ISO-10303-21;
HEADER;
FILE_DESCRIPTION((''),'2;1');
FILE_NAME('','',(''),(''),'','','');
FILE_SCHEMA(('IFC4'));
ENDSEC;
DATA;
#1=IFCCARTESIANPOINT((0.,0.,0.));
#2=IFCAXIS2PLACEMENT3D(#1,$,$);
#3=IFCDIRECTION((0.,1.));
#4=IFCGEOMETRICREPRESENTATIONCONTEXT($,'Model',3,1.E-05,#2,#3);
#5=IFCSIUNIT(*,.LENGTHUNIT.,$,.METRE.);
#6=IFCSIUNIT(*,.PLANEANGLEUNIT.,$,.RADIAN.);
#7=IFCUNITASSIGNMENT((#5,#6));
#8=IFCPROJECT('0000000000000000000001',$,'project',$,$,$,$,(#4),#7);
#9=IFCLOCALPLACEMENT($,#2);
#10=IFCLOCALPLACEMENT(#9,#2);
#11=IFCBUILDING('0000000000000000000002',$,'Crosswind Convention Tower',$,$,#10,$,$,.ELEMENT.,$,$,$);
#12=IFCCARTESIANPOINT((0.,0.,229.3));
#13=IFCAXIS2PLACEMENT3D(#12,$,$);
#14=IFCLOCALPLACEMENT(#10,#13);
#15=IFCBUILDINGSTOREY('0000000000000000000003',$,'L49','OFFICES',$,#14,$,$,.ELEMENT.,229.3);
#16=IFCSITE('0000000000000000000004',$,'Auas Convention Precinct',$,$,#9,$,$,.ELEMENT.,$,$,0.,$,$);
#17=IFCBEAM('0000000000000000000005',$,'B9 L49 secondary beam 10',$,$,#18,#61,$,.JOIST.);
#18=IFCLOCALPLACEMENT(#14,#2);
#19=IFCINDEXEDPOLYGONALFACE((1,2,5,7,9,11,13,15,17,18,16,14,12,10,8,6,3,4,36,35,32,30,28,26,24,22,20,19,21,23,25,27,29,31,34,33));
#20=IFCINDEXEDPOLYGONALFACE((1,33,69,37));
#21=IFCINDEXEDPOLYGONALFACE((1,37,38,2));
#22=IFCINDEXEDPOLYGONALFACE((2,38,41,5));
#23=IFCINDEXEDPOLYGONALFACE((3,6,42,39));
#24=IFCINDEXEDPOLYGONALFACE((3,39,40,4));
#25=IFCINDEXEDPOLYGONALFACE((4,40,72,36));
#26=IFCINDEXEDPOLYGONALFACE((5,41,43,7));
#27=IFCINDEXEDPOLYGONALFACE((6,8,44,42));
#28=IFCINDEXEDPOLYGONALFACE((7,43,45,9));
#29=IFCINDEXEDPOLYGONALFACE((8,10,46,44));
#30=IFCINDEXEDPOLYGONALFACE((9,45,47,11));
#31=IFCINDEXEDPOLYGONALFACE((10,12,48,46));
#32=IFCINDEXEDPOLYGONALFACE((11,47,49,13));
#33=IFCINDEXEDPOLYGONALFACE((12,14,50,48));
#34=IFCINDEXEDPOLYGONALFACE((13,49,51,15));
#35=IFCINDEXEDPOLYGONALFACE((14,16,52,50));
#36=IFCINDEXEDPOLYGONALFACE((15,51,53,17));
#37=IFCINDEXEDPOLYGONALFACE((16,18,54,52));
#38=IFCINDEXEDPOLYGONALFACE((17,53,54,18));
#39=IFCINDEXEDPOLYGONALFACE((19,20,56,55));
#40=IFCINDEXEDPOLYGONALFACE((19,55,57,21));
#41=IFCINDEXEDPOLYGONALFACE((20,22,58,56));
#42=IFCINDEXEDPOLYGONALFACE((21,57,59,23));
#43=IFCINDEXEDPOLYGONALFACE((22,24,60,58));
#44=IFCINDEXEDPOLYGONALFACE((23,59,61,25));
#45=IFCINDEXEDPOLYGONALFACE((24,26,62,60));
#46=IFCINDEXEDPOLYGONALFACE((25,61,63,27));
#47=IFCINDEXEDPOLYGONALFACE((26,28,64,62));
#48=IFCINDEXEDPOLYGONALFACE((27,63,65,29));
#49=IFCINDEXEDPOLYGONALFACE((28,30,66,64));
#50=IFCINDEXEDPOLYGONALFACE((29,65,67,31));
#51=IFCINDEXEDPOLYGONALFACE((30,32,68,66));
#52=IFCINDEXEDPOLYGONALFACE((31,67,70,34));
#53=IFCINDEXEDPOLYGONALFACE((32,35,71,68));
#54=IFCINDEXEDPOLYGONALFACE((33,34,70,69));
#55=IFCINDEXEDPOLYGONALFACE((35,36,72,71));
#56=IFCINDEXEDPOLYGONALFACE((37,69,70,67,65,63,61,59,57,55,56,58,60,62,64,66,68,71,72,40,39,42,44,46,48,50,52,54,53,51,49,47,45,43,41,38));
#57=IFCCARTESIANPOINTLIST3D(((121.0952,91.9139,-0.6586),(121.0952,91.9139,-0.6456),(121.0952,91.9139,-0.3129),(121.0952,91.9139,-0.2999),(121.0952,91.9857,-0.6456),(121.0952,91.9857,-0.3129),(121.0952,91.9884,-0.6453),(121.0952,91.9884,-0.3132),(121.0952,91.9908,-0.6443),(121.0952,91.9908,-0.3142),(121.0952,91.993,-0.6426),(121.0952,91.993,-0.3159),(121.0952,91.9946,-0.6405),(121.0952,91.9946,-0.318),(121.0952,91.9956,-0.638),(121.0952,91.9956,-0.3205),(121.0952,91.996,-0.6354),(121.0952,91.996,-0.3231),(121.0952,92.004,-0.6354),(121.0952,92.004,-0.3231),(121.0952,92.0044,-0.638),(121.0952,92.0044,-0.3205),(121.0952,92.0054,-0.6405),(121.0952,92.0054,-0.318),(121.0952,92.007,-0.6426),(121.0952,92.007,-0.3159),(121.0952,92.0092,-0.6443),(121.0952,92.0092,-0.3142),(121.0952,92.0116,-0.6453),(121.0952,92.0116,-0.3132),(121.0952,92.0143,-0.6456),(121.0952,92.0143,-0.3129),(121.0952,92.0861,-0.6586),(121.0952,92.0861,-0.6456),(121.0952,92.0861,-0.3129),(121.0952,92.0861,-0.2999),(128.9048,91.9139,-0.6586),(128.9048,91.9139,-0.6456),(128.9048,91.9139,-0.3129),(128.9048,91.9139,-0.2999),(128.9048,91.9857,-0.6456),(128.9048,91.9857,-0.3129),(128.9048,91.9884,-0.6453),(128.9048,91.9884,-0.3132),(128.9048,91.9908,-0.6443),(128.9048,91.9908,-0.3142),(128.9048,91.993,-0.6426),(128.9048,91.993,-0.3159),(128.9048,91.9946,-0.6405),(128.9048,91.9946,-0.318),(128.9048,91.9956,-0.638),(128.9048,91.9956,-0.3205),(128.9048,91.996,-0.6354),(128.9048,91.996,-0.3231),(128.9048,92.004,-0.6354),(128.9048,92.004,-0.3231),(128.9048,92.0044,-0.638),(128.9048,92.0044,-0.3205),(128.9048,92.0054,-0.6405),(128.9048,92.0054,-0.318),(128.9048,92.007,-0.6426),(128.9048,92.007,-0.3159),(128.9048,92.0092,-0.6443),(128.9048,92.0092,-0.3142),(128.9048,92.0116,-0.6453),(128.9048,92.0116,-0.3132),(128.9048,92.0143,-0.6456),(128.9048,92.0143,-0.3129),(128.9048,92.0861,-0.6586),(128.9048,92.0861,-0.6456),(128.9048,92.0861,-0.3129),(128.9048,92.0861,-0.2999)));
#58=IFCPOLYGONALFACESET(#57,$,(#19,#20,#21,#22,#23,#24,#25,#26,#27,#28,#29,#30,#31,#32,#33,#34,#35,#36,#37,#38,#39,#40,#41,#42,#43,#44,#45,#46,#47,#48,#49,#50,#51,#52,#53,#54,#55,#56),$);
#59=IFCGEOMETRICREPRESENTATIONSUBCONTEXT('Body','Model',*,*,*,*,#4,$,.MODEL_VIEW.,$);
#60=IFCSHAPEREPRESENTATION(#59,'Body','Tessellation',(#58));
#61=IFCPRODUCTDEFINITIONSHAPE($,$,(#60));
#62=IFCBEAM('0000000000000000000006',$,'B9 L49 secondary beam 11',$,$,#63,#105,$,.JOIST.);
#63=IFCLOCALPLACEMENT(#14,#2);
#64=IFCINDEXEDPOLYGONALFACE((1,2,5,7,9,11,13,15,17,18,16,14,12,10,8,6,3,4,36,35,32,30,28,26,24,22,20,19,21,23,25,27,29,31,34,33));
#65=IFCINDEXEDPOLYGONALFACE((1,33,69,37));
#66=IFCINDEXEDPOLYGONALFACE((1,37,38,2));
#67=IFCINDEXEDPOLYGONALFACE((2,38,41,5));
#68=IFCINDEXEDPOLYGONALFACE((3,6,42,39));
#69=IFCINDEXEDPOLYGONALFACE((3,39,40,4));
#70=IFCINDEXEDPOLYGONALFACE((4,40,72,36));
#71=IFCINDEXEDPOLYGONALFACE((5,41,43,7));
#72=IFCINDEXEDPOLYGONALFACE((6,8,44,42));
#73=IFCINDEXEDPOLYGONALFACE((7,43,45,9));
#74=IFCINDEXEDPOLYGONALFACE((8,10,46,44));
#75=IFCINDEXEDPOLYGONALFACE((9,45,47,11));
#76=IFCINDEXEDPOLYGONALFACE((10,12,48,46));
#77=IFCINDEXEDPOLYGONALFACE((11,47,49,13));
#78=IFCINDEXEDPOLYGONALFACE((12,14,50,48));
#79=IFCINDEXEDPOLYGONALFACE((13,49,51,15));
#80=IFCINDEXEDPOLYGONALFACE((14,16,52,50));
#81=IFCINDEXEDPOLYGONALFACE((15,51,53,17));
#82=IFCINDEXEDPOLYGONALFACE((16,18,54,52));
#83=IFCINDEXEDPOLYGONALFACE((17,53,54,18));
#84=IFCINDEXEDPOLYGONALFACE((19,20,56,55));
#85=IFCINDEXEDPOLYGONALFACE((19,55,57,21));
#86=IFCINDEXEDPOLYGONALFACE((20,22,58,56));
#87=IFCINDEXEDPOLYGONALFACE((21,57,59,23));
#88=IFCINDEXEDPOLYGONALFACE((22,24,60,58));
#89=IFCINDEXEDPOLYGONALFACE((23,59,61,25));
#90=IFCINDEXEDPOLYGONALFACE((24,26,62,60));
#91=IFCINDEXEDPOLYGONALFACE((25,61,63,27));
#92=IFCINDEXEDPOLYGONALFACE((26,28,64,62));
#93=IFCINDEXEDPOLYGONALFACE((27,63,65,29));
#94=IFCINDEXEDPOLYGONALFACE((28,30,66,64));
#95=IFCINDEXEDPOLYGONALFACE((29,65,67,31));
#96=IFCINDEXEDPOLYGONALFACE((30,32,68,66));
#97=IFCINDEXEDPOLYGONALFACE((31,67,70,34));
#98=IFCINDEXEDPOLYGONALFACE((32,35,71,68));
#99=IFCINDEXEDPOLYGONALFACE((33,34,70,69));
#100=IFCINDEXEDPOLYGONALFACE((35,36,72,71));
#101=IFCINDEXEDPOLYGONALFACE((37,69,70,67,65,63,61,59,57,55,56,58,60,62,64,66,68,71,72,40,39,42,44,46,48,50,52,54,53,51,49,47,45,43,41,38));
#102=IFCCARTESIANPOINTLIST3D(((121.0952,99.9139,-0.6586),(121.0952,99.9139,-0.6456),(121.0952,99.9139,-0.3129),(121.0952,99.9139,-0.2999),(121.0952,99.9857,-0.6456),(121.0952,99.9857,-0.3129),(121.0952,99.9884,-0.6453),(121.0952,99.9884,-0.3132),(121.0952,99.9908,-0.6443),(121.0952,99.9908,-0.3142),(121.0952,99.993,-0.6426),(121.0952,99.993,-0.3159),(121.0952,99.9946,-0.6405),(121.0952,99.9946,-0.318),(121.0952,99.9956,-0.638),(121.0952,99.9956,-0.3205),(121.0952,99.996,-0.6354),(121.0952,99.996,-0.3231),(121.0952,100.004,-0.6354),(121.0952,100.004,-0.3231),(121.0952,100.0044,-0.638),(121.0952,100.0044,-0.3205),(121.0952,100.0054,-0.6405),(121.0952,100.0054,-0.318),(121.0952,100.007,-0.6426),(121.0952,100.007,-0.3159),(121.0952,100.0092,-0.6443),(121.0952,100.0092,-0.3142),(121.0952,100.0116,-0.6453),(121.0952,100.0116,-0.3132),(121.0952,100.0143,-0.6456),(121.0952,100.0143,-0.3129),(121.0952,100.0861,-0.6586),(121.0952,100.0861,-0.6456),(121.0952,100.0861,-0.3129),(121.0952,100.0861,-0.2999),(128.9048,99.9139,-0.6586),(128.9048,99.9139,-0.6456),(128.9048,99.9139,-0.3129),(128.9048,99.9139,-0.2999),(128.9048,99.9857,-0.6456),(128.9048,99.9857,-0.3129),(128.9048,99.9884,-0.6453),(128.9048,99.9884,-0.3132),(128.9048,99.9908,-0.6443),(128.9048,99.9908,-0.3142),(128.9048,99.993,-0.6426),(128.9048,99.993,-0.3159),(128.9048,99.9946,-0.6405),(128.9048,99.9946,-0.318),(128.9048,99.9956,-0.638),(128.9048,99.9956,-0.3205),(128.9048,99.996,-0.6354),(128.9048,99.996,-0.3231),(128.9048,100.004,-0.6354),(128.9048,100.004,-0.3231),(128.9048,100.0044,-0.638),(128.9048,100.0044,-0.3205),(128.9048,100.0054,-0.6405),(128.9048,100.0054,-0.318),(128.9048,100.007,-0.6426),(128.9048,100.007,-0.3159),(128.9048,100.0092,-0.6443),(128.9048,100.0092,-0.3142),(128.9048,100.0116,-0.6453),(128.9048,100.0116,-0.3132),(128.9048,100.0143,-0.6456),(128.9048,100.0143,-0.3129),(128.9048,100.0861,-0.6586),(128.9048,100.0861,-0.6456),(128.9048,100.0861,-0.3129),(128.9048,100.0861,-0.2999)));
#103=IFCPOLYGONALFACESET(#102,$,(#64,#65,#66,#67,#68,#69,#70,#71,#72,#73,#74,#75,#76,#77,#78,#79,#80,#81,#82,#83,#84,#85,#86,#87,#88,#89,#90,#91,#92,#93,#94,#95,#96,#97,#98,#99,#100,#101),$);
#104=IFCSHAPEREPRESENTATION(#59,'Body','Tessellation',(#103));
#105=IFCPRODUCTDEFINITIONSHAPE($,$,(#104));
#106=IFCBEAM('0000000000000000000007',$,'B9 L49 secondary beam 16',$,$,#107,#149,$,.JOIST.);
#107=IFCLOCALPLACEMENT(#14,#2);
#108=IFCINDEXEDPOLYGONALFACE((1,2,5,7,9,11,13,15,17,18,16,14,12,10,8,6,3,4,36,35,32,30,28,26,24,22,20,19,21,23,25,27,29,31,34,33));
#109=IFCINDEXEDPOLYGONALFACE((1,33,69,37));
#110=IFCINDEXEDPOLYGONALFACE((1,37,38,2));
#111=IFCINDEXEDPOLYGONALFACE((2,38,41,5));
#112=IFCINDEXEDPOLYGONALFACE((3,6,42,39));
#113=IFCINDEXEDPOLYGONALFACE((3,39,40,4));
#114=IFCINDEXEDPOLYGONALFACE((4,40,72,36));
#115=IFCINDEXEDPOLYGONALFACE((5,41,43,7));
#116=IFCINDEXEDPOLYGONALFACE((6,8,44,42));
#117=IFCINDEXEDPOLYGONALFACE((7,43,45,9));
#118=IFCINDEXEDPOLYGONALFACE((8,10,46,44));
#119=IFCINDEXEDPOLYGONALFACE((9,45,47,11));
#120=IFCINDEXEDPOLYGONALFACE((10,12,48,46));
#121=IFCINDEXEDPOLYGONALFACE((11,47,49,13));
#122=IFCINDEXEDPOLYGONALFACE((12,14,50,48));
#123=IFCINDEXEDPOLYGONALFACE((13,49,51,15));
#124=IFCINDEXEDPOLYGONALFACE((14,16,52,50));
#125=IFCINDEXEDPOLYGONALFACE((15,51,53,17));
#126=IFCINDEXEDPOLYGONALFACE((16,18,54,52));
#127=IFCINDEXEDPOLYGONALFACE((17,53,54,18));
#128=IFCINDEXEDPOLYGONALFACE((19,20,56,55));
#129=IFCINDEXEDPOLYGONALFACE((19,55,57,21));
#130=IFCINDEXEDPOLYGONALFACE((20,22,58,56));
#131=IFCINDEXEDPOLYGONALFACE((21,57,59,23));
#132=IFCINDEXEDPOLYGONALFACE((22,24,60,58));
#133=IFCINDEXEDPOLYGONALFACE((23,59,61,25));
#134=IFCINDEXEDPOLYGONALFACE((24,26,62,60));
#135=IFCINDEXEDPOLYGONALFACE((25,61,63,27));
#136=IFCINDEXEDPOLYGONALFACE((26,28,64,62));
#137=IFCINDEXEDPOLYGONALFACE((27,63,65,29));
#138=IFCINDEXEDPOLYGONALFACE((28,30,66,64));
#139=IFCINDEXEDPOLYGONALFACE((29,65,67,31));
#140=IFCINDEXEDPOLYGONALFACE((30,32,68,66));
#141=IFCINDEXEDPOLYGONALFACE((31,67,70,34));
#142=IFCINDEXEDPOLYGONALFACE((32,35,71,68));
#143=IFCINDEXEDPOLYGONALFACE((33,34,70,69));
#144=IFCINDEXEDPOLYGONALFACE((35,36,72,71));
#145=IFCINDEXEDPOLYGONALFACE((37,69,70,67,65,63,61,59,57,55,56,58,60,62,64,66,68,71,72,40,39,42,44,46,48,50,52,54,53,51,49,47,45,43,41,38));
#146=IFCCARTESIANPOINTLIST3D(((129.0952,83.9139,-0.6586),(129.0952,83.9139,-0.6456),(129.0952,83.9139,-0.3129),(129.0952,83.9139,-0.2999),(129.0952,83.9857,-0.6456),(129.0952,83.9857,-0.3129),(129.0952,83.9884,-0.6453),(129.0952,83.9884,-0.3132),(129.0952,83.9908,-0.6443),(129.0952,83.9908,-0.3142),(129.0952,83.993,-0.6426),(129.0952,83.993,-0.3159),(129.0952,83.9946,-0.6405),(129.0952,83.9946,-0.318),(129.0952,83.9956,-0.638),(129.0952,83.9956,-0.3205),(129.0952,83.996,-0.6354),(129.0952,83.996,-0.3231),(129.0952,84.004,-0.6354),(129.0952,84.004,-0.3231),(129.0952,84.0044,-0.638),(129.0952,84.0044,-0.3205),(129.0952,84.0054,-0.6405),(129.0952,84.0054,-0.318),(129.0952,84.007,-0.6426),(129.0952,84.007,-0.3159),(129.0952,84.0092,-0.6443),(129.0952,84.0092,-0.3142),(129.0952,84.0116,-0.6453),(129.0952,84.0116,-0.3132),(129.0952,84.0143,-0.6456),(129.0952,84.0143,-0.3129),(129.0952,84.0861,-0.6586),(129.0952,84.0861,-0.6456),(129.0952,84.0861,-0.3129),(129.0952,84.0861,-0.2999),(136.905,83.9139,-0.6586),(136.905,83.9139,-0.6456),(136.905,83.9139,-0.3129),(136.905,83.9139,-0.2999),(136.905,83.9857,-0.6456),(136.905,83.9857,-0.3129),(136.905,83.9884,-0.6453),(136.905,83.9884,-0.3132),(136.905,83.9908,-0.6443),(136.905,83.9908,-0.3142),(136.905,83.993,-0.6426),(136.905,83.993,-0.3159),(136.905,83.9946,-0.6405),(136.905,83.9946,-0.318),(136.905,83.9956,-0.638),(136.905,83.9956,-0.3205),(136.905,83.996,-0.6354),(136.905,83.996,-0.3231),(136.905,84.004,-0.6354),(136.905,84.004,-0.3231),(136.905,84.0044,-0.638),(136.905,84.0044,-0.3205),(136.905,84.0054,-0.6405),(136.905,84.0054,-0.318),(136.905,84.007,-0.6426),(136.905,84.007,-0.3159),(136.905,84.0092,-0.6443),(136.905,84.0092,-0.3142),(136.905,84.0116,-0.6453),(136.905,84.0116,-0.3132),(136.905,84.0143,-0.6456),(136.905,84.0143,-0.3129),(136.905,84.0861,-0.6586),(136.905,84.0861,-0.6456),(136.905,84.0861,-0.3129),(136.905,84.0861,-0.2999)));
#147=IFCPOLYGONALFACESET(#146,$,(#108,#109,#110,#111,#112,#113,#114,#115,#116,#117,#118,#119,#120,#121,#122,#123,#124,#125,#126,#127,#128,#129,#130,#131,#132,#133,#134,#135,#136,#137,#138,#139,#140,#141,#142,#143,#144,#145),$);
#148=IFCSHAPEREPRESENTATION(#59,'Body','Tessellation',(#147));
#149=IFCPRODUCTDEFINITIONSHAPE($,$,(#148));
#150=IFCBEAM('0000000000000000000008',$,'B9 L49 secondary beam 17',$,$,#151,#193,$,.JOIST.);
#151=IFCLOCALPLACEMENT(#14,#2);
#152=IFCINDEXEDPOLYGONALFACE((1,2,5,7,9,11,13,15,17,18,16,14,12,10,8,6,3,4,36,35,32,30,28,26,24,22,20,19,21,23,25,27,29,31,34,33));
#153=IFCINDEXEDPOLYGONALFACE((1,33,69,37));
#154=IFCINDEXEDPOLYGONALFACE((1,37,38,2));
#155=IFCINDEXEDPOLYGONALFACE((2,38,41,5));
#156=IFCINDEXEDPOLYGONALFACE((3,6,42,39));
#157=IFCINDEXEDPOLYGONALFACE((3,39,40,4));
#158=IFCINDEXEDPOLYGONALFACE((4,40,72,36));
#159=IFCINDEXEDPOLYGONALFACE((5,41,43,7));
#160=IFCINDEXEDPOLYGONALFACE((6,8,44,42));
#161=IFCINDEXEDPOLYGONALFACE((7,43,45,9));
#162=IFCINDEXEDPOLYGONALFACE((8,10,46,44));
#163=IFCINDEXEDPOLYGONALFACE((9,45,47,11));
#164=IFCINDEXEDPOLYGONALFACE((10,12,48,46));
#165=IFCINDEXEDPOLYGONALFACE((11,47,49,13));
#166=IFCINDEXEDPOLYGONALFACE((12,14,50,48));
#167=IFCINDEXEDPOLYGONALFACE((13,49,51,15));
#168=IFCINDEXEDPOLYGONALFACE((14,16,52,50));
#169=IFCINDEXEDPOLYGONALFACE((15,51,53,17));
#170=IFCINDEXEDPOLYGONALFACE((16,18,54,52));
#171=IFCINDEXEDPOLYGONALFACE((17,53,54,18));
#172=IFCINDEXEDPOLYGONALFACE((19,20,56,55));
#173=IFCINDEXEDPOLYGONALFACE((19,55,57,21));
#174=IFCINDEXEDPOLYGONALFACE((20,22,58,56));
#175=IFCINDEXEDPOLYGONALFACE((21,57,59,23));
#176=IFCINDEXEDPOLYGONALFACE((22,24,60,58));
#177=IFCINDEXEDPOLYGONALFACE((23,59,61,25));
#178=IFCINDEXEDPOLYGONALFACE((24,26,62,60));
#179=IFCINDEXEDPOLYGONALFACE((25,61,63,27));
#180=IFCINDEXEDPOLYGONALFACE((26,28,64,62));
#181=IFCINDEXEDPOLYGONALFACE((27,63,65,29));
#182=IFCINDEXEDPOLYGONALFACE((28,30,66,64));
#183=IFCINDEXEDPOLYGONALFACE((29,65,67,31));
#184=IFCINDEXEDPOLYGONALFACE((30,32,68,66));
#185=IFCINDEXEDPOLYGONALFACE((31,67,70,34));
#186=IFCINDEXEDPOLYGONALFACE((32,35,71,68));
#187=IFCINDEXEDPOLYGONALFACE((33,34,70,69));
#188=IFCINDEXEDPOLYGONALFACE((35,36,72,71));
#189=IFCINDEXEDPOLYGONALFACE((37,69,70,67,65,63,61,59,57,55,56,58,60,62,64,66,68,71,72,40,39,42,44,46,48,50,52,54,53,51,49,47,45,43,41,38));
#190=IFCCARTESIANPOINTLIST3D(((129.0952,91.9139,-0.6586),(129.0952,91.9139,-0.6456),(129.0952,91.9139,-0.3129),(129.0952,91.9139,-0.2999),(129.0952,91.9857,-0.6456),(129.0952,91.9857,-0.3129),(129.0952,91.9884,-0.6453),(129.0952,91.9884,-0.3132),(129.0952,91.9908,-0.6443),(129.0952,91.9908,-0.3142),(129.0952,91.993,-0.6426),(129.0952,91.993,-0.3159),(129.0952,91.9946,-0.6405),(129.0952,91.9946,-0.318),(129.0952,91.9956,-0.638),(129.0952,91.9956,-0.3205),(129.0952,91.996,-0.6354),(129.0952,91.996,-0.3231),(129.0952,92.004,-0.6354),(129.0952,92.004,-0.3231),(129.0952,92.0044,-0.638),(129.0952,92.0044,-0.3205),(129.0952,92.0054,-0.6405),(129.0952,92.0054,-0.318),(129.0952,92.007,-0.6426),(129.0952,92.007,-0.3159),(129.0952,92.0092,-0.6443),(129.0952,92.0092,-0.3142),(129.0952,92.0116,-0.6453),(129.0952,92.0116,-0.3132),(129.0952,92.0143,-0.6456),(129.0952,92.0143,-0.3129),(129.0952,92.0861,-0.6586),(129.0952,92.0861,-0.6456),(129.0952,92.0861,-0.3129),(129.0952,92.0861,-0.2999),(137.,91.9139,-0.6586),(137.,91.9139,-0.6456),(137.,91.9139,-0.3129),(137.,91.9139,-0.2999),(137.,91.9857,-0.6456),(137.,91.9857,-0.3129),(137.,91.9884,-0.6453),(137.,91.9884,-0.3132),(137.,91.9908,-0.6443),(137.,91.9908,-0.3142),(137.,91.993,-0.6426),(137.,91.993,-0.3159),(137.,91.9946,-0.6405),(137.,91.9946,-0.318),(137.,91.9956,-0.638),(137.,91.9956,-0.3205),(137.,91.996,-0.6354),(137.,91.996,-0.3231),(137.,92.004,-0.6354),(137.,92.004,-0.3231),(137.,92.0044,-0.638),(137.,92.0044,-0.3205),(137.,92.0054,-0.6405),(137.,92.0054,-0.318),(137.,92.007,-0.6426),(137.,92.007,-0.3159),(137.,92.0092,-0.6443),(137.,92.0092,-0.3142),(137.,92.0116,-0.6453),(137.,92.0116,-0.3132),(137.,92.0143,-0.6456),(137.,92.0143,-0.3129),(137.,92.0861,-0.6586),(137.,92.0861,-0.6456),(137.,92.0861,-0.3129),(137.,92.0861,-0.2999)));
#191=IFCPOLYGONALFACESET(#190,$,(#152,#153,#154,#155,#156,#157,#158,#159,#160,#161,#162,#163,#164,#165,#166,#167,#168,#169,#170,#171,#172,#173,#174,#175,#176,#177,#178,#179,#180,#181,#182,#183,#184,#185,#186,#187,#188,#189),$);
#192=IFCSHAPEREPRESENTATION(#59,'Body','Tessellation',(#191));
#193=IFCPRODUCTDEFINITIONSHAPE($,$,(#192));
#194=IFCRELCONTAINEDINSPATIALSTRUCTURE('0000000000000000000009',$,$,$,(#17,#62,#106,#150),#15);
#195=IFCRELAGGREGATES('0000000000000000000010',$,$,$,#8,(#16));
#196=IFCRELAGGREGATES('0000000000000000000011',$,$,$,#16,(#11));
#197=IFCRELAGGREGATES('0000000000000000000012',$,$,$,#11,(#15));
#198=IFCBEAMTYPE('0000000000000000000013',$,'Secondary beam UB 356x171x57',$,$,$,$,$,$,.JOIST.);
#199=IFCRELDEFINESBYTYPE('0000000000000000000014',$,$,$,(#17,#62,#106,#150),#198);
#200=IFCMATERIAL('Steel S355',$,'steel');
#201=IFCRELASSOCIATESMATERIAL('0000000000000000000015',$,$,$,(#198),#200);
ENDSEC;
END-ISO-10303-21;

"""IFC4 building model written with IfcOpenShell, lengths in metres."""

from ifc_helpers import new_model, si_unit, direction, frame, origin, origin_2d, place, context, subcontext, project, spatial, i_section, extrude, material, material_profile, profile_set, type_object, element, save


model = new_model("IFC4")

# Units and contexts
model_context = context("Model", 3, precision=1e-05, world=origin(), true_north=direction((0.0, 1.0)))
body_context = subcontext(model_context, "Body", "Model", "MODEL_VIEW")
ifc_project = project(units=[si_unit("LENGTHUNIT", "METRE"), si_unit("PLANEANGLEUNIT", "RADIAN")], contexts=[model_context])

# Site, building, storey
site_placement = place(None, origin())
site = spatial("IfcSite", under=ifc_project, at=site_placement, Name="Auas Convention Precinct", CompositionType="ELEMENT", RefElevation=0.0)
building_placement = place(site_placement, origin())
building = spatial("IfcBuilding", under=site, at=building_placement, Name="Crosswind Convention Tower", CompositionType="ELEMENT")
storey_placement = place(building_placement, frame((0.0, 0.0, 229.3)))
storey = spatial("IfcBuildingStorey", under=building, at=storey_placement, Name="L49", Description="OFFICES", CompositionType="ELEMENT", Elevation=229.3)

# Beams
ifc_material_1 = material(Name="Steel S355", Category="steel")
ifc_material_profile_1 = material_profile(ifc_material_1, i_section(OverallWidth=0.1721, OverallDepth=0.3586, WebThickness=0.0081, FlangeThickness=0.0129, FilletRadius=0.0103, at=origin_2d()), Name="UB 356x171x57")
ifc_profile_set_1 = profile_set([ifc_material_profile_1], Name="Steel S355")
beam_type_1 = type_object("IfcBeamType", Name="Secondary beam UB 356x171x57", PredefinedType="JOIST", material=ifc_profile_set_1)
for number, where, z_axis, x_axis, name in (
    (1, (121.0952, 92.0, -0.4792), (1.0, 0.0, 0.0), (0.0, 1.0, 0.0), "B9 L49 secondary beam 10"),
    (2, (121.0952, 100.0, -0.4792), (1.0, 0.0, 0.0), (0.0, 1.0, 0.0), "B9 L49 secondary beam 11"),
):
    element("IfcBeam", number, at=place(storey_placement, frame(where, z_axis=z_axis, x_axis=x_axis)), inside=storey, type_object=beam_type_1, Name=name, PredefinedType="JOIST", context=body_context, shape_type="SweptSolid", body=[
        extrude(i_section(OverallWidth=0.1721, OverallDepth=0.3586, WebThickness=0.0081, FlangeThickness=0.0129, FilletRadius=0.0103, at=origin_2d()), origin(), (0.0, 0.0, 1.0), 7.8096),
    ])
beam_placement = place(storey_placement, frame((129.0952, 84.0, -0.4792), z_axis=(1.0, 0.0, 0.0), x_axis=(0.0, 1.0, 0.0)))
element("IfcBeam", 3, at=beam_placement, inside=storey, type_object=beam_type_1, Name="B9 L49 secondary beam 16", PredefinedType="JOIST", context=body_context, shape_type="SweptSolid", body=[
    extrude(i_section(OverallWidth=0.1721, OverallDepth=0.3586, WebThickness=0.0081, FlangeThickness=0.0129, FilletRadius=0.0103, at=origin_2d()), origin(), (0.0, 0.0, 1.0), 7.8098),
])
for number, where, z_axis, x_axis, name in (
    (4, (129.0952, 92.0, -0.4792), (1.0, 0.0, 0.0), (0.0, 1.0, 0.0), "B9 L49 secondary beam 17"),
):
    element("IfcBeam", number, at=place(storey_placement, frame(where, z_axis=z_axis, x_axis=x_axis)), inside=storey, type_object=beam_type_1, Name=name, PredefinedType="JOIST", context=body_context, shape_type="SweptSolid", body=[
        extrude(i_section(OverallWidth=0.1721, OverallDepth=0.3586, WebThickness=0.0081, FlangeThickness=0.0129, FilletRadius=0.0103, at=origin_2d()), origin(), (0.0, 0.0, 1.0), 7.9048),
    ])

save(model, "model.ifc")
